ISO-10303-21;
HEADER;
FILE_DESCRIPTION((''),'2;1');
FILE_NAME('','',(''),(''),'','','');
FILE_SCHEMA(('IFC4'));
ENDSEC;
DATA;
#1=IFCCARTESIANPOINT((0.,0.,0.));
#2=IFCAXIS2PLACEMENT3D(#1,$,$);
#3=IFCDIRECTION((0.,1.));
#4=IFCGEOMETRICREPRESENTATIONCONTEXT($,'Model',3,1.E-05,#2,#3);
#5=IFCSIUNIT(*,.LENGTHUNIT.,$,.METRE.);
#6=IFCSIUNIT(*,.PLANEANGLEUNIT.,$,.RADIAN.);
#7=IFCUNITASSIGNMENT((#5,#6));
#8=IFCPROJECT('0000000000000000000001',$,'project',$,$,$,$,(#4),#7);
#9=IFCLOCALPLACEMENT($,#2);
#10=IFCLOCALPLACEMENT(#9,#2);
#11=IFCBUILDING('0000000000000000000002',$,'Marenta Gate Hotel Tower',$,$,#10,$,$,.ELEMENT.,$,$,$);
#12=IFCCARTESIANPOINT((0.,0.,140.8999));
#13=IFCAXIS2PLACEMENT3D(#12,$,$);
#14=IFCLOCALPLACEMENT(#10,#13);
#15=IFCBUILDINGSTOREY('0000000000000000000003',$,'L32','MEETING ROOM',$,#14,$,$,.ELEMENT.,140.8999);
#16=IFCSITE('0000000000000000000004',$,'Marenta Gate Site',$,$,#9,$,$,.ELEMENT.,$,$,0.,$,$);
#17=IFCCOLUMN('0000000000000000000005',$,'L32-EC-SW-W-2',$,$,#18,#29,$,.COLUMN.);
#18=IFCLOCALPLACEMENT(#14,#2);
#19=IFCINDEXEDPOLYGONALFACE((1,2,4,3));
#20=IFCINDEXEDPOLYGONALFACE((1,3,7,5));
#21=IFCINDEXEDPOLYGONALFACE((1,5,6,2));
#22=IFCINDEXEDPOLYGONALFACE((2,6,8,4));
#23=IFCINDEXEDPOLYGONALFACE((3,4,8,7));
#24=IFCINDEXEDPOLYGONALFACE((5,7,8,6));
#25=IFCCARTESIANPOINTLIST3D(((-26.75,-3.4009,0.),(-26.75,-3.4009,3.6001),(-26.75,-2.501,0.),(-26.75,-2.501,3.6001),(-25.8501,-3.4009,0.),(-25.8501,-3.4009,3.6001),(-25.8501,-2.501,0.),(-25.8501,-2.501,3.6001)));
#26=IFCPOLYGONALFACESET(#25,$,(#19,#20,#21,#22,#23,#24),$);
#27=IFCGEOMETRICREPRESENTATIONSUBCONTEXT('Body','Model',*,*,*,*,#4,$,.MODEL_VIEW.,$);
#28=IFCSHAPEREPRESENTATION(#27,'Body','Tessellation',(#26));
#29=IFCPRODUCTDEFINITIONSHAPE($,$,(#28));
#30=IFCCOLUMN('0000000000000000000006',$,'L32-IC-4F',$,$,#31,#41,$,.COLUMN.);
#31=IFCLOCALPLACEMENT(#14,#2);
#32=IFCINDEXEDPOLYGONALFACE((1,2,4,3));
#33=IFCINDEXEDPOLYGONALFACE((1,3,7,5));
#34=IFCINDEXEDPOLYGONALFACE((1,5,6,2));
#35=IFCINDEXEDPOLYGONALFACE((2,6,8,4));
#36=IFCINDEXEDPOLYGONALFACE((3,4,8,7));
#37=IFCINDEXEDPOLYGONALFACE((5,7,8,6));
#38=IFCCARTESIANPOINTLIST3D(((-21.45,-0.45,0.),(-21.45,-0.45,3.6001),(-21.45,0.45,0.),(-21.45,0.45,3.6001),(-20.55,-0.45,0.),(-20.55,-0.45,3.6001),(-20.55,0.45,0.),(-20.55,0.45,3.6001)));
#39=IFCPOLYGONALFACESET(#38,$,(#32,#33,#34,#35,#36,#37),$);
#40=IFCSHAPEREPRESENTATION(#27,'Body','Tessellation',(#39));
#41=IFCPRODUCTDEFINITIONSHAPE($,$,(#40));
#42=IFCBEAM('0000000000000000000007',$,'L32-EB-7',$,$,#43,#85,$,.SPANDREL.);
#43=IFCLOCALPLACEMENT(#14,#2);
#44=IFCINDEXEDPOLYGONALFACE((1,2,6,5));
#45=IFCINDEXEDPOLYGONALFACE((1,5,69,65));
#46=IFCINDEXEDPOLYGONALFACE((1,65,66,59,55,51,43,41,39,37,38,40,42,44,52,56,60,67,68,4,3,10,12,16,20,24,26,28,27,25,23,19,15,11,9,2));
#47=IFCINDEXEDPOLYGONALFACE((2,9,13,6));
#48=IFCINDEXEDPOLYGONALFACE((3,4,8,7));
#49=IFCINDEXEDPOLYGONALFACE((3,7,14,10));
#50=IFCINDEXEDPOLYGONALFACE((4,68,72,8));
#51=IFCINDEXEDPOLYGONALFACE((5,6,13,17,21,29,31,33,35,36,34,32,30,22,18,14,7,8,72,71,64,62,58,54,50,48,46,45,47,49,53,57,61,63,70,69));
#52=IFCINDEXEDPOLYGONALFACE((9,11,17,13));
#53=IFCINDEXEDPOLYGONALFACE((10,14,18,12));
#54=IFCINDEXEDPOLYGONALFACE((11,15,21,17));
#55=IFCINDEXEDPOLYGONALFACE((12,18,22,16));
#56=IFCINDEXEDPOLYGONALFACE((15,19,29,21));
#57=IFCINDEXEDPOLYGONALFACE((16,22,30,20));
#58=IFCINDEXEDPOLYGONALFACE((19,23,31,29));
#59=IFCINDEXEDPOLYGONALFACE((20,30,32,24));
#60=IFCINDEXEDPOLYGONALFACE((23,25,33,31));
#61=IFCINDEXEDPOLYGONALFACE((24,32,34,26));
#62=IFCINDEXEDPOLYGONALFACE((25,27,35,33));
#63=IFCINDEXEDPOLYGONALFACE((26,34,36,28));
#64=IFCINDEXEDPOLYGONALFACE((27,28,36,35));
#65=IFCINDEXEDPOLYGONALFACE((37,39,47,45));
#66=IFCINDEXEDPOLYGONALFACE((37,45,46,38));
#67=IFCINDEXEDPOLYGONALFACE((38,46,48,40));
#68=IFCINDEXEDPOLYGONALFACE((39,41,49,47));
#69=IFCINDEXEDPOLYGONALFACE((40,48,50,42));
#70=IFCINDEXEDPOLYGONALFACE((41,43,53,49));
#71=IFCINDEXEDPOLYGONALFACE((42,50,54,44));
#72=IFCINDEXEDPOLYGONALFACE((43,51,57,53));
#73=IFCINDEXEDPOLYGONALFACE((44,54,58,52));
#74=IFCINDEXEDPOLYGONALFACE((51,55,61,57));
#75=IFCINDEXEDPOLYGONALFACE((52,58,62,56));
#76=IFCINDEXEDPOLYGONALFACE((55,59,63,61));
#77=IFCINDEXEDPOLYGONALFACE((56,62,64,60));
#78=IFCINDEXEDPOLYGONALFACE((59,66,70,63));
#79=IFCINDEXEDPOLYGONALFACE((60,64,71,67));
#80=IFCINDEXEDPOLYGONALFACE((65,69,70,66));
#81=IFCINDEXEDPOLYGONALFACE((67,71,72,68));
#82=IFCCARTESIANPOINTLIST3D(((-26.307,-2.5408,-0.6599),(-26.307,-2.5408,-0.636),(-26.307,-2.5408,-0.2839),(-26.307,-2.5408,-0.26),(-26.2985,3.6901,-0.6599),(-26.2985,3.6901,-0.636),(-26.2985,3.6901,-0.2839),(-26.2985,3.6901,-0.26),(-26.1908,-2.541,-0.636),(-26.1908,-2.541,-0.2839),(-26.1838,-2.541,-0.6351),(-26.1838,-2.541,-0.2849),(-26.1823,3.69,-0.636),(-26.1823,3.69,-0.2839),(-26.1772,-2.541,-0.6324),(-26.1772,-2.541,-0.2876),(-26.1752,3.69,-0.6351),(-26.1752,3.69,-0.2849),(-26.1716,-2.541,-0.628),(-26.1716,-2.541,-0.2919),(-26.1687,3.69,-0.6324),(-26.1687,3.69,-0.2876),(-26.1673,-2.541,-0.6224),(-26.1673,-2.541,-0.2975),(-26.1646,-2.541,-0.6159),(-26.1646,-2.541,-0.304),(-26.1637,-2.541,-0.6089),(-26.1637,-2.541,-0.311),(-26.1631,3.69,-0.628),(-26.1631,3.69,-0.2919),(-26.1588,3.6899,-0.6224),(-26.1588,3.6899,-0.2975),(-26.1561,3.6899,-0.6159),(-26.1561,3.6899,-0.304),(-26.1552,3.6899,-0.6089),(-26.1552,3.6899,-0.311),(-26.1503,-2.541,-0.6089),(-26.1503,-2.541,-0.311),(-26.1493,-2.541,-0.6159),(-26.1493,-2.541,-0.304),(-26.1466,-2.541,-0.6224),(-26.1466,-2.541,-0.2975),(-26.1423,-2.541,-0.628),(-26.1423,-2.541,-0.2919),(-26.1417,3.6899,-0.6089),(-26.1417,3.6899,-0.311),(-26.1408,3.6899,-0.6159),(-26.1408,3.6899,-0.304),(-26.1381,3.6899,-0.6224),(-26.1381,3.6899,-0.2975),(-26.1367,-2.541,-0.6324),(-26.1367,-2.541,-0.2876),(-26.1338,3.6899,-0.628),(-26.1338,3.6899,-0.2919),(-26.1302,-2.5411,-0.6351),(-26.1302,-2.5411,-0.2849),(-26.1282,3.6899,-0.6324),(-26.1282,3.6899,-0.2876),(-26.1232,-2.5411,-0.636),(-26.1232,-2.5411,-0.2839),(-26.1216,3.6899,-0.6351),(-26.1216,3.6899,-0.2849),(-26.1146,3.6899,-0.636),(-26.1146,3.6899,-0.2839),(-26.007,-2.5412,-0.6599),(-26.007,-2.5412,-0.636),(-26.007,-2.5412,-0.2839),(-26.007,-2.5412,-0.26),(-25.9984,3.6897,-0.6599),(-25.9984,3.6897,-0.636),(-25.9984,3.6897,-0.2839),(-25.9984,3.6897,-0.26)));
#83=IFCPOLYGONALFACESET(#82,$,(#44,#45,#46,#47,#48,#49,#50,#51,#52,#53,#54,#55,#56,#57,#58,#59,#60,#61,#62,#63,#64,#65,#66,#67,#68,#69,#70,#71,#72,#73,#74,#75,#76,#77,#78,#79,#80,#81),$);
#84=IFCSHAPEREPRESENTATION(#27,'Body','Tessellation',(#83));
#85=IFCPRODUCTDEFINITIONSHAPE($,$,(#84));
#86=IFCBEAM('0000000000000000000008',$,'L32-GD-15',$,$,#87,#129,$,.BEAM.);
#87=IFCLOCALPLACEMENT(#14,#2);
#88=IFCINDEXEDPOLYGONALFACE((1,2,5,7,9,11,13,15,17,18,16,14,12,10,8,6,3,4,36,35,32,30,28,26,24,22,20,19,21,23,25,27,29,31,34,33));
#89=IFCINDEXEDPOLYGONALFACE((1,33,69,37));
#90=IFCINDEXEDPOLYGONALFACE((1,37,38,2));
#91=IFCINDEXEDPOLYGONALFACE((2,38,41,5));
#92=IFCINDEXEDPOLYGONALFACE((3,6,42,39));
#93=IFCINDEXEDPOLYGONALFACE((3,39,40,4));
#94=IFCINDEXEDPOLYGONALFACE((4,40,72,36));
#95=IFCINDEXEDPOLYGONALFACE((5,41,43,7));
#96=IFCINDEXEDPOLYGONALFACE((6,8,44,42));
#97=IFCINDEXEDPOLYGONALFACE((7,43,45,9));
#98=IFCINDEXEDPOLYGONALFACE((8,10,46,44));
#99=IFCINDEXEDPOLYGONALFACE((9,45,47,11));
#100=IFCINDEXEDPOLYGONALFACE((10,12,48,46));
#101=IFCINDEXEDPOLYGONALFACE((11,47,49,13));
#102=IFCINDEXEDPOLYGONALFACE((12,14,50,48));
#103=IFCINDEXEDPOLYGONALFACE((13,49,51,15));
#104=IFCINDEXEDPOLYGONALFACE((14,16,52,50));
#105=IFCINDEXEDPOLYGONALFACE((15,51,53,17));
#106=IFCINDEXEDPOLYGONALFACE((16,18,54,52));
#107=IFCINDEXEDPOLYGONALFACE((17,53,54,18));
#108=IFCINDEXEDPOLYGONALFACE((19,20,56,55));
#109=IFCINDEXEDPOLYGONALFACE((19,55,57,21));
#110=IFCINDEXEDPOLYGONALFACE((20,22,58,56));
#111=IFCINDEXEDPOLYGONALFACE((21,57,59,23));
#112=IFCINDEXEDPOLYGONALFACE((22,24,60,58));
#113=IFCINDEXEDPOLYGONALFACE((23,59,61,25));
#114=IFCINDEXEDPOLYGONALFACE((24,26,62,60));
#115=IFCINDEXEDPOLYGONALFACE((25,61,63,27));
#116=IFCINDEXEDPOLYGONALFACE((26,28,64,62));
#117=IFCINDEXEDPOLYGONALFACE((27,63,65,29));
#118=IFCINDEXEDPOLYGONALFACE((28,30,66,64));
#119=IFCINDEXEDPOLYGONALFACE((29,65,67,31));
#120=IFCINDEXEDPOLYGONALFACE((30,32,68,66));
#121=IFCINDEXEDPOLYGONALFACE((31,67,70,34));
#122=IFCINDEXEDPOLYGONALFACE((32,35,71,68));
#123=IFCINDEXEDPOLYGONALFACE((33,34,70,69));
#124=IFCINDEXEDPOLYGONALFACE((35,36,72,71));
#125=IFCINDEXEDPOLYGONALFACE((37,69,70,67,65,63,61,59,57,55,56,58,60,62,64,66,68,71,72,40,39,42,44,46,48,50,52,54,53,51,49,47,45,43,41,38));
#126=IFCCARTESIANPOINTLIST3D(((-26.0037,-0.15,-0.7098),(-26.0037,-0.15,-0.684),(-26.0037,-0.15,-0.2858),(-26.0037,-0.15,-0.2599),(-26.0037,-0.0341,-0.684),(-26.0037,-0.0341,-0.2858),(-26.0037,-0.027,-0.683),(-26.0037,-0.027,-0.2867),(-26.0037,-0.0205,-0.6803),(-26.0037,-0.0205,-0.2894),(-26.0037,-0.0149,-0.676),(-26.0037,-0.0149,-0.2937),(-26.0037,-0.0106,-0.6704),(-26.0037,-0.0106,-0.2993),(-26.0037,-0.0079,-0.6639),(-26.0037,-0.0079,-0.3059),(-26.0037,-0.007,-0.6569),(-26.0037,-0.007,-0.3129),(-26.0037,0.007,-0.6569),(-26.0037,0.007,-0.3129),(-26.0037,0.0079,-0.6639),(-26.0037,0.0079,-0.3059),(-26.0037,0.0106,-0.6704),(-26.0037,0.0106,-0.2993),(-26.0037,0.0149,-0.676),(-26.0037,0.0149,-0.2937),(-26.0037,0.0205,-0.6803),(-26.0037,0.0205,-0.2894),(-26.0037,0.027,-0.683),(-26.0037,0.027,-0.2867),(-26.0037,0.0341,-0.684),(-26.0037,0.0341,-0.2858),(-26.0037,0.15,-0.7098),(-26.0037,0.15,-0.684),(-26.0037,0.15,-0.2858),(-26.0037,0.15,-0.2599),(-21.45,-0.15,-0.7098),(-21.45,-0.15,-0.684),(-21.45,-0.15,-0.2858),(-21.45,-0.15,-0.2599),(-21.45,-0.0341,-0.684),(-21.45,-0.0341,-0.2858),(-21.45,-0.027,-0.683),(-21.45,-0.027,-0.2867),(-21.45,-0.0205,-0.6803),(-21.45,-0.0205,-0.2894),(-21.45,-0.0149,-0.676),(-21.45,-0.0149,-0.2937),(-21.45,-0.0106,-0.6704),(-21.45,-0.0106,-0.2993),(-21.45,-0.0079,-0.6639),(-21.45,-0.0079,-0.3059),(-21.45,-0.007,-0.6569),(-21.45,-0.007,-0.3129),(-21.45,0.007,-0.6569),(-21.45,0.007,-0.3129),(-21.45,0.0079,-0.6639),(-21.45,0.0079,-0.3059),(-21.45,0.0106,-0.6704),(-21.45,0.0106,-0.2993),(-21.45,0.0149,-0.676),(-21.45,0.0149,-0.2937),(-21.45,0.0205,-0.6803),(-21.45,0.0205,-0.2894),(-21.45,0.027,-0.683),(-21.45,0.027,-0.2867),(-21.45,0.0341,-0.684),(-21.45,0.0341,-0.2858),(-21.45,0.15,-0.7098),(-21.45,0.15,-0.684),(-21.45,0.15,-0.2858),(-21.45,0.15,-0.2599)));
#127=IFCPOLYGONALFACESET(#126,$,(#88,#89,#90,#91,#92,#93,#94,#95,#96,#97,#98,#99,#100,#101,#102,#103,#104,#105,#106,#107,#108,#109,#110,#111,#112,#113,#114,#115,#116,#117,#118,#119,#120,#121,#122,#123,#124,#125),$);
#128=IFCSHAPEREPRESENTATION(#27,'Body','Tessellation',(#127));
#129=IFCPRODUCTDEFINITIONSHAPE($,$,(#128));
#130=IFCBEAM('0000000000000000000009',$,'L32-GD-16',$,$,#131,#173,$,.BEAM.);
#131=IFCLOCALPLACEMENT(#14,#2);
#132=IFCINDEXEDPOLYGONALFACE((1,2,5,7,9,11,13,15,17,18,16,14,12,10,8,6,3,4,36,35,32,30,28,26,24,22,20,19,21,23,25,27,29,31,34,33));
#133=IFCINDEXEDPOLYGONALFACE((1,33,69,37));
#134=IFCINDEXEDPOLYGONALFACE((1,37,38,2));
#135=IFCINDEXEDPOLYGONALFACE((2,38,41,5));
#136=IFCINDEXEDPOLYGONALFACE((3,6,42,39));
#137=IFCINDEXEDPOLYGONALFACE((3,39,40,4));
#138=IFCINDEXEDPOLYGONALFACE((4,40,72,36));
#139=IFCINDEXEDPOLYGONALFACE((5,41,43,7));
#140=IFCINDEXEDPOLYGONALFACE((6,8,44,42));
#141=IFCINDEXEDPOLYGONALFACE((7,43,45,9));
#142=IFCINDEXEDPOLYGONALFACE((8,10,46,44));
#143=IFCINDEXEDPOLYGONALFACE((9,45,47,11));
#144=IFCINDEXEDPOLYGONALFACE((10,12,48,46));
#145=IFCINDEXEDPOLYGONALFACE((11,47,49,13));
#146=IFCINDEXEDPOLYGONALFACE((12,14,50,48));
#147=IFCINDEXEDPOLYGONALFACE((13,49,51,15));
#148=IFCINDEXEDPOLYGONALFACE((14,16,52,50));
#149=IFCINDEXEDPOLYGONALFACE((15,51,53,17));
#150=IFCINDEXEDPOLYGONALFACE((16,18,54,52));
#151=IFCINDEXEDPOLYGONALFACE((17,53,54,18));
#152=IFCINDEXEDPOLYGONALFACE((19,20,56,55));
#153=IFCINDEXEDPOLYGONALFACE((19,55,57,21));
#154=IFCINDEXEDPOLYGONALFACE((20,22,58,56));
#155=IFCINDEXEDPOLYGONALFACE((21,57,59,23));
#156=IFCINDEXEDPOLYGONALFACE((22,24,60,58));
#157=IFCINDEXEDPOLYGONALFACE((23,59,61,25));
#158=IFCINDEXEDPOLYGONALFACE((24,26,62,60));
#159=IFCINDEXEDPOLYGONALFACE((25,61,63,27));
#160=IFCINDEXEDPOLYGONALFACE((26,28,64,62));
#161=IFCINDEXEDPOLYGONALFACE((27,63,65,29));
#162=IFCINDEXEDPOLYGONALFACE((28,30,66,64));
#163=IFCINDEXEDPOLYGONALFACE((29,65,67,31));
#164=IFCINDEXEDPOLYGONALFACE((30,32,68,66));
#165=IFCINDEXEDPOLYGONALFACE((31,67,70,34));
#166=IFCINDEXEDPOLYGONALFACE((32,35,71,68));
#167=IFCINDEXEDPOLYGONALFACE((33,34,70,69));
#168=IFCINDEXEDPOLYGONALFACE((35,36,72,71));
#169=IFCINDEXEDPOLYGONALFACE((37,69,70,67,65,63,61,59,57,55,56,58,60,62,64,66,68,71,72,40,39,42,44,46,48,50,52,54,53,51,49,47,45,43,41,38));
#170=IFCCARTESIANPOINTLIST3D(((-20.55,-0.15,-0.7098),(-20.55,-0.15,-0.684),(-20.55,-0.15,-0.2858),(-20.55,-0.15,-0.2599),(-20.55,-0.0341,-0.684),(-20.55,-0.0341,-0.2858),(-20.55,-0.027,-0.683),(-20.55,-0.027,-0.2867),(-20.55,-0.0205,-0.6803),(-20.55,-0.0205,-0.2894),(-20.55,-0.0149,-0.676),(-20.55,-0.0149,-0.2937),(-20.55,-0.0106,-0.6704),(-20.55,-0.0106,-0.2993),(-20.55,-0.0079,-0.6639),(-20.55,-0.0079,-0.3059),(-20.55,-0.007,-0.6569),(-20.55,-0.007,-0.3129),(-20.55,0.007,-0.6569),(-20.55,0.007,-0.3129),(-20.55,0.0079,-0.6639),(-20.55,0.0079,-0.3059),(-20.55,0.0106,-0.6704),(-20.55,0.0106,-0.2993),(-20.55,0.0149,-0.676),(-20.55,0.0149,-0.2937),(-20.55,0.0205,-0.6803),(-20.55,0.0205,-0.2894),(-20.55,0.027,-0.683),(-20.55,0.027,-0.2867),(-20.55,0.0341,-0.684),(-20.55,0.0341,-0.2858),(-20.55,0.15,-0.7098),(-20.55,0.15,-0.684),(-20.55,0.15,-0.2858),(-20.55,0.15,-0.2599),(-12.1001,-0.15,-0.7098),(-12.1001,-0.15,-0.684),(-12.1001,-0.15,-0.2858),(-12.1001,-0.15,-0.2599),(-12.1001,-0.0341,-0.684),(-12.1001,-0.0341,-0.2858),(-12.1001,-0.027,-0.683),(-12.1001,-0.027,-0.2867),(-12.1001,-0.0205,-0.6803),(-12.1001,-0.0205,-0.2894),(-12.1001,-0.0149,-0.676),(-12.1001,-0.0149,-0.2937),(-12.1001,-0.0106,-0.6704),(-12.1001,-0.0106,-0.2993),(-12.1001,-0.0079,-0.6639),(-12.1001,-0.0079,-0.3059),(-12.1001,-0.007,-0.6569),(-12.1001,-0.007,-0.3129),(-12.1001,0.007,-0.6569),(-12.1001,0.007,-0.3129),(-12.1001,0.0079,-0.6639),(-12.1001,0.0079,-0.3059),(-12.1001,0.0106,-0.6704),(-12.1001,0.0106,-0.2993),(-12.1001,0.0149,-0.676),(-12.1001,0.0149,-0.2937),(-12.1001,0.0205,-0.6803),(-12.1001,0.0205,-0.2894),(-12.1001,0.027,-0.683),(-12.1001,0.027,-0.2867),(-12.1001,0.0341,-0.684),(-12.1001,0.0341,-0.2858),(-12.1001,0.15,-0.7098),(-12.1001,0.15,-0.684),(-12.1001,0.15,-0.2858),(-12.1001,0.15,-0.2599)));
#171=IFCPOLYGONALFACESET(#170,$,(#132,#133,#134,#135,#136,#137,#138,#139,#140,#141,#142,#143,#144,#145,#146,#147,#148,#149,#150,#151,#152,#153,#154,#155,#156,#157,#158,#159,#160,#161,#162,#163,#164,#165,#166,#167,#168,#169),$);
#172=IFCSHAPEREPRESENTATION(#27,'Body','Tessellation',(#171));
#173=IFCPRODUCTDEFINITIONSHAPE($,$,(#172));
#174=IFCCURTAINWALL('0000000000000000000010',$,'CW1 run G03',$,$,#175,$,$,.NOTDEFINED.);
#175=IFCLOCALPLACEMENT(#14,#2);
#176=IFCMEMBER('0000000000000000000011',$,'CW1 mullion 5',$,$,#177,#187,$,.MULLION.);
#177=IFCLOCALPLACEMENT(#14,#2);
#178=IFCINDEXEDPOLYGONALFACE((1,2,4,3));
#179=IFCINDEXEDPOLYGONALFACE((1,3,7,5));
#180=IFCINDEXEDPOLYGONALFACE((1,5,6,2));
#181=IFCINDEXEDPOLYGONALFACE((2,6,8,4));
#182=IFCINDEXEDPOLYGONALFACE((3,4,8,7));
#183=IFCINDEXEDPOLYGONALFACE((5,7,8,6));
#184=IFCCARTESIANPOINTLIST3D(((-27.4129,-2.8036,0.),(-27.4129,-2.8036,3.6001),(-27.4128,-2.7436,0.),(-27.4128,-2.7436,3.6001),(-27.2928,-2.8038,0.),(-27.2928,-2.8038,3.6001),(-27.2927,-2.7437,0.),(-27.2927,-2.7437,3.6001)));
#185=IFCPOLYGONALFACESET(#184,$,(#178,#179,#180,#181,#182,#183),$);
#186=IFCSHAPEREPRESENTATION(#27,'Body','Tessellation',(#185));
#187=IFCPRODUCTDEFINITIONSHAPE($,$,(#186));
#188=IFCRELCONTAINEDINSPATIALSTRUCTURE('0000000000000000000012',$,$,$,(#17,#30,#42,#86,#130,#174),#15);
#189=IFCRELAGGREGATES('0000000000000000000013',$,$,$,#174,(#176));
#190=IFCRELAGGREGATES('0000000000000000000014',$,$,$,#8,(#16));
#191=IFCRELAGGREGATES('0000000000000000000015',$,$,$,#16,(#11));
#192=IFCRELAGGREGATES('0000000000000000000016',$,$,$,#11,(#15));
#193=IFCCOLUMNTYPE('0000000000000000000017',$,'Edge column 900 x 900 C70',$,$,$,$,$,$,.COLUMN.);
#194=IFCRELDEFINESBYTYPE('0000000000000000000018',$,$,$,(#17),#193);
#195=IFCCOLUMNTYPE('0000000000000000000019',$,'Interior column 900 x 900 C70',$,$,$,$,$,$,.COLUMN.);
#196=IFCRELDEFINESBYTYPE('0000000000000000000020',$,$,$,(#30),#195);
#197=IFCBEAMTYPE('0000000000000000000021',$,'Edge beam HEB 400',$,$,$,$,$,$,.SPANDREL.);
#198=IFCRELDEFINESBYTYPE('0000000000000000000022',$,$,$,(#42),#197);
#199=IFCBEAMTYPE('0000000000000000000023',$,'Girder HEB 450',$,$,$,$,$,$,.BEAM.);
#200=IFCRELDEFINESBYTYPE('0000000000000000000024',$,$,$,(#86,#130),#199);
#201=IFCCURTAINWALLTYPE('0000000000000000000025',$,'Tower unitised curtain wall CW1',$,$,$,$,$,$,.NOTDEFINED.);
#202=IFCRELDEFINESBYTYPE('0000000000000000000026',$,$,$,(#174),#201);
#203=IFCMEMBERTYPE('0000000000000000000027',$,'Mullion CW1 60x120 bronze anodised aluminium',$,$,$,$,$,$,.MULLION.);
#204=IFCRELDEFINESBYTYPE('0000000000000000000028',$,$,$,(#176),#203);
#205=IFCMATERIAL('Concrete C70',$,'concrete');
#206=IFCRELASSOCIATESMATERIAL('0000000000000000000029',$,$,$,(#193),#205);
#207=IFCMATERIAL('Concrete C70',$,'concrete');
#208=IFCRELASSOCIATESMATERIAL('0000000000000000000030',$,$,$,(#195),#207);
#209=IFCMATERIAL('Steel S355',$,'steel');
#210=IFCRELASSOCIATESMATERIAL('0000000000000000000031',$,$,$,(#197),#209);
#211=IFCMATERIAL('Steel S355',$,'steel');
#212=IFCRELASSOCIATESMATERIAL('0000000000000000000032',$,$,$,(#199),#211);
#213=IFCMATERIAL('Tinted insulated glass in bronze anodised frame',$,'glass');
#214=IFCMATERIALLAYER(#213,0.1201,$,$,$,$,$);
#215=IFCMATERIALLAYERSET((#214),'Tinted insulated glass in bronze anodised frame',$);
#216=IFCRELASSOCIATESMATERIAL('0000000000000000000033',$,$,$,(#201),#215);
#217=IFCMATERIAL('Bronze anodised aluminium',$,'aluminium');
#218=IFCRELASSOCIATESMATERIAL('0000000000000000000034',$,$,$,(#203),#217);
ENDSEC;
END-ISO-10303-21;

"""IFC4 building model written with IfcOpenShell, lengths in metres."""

from ifc_helpers import new_model, si_unit, direction, frame, origin, origin_2d, place, context, subcontext, project, spatial, rectangle, i_section, extrude, material, layer, layer_set, material_profile, profile_set, type_object, element, aggregate, save


model = new_model("IFC4")

# Units and contexts
model_context = context("Model", 3, precision=1e-05, world=origin(), true_north=direction((0.0, 1.0)))
body_context = subcontext(model_context, "Body", "Model", "MODEL_VIEW")
ifc_project = project(units=[si_unit("LENGTHUNIT", "METRE"), si_unit("PLANEANGLEUNIT", "RADIAN")], contexts=[model_context])

# Site, building, storey
site_placement = place(None, origin())
site = spatial("IfcSite", under=ifc_project, at=site_placement, Name="Marenta Gate Site", CompositionType="ELEMENT", RefElevation=0.0)
building_placement = place(site_placement, origin())
building = spatial("IfcBuilding", under=site, at=building_placement, Name="Marenta Gate Hotel Tower", CompositionType="ELEMENT")
storey_placement = place(building_placement, frame((0.0, 0.0, 140.8999)))
storey = spatial("IfcBuildingStorey", under=building, at=storey_placement, Name="L32", Description="MEETING ROOM", CompositionType="ELEMENT", Elevation=140.8999)

# Columns
ifc_material_1 = material(Name="Concrete C70", Category="concrete")
ifc_material_profile_1 = material_profile(ifc_material_1, rectangle(XDim=0.8999, YDim=0.8999, at=origin_2d()), Name="900 x 900")
ifc_profile_set_1 = profile_set([ifc_material_profile_1], Name="Concrete C70")
column_type_1 = type_object("IfcColumnType", Name="Edge column 900 x 900 C70", PredefinedType="COLUMN", material=ifc_profile_set_1)
column_1_placement = place(storey_placement, frame((-26.3, -2.9509, 0.0), z_axis=(0.0, 0.0, 1.0), x_axis=(1.0, 0.0, 0.0)))
element("IfcColumn", 1, at=column_1_placement, inside=storey, type_object=column_type_1, Name="L32-EC-SW-W-2", PredefinedType="COLUMN", context=body_context, shape_type="SweptSolid", body=[
    extrude(rectangle(XDim=0.8999, YDim=0.8999, at=origin_2d()), origin(), (0.0, 0.0, 1.0), 3.6001),
])
ifc_material_2 = material(Name="Concrete C70", Category="concrete")
ifc_material_profile_2 = material_profile(ifc_material_2, rectangle(XDim=0.8999, YDim=0.8999, at=origin_2d()), Name="900 x 900")
ifc_profile_set_2 = profile_set([ifc_material_profile_2], Name="Concrete C70")
column_type_2 = type_object("IfcColumnType", Name="Interior column 900 x 900 C70", PredefinedType="COLUMN", material=ifc_profile_set_2)
column_2_placement = place(storey_placement, frame((-21.0, 0.0, 0.0), z_axis=(0.0, 0.0, 1.0), x_axis=(1.0, 0.0, 0.0)))
element("IfcColumn", 2, at=column_2_placement, inside=storey, type_object=column_type_2, Name="L32-IC-4F", PredefinedType="COLUMN", context=body_context, shape_type="SweptSolid", body=[
    extrude(rectangle(XDim=0.8999, YDim=0.8999, at=origin_2d()), origin(), (0.0, 0.0, 1.0), 3.6001),
])

# Beams
ifc_material_3 = material(Name="Steel S355", Category="steel")
ifc_material_profile_3 = material_profile(ifc_material_3, i_section(OverallWidth=0.3, OverallDepth=0.3999, WebThickness=0.0134, FlangeThickness=0.0239, FilletRadius=0.0271, at=origin_2d()), Name="HEB 400")
ifc_profile_set_3 = profile_set([ifc_material_profile_3], Name="Steel S355")
beam_type_1 = type_object("IfcBeamType", Name="Edge beam HEB 400", PredefinedType="SPANDREL", material=ifc_profile_set_3)
beam_1_placement = place(storey_placement, frame((-26.157, -2.541, -0.46), z_axis=(0.001371, 0.999999, 0.0), x_axis=(-0.999999, 0.001371, 0.0)))
element("IfcBeam", 3, at=beam_1_placement, inside=storey, type_object=beam_type_1, Name="L32-EB-7", PredefinedType="SPANDREL", context=body_context, shape_type="SweptSolid", body=[
    extrude(i_section(OverallWidth=0.3, OverallDepth=0.3999, WebThickness=0.0134, FlangeThickness=0.0239, FilletRadius=0.0271, at=origin_2d()), origin(), (0.0, 0.0, 1.0), 6.231),
])
ifc_material_4 = material(Name="Steel S355", Category="steel")
ifc_material_profile_4 = material_profile(ifc_material_4, i_section(OverallWidth=0.3, OverallDepth=0.45, WebThickness=0.0139, FlangeThickness=0.0259, FilletRadius=0.0271, at=origin_2d()), Name="HEB 450")
ifc_profile_set_4 = profile_set([ifc_material_profile_4], Name="Steel S355")
beam_type_2 = type_object("IfcBeamType", Name="Girder HEB 450", PredefinedType="BEAM", material=ifc_profile_set_4)
beam_2_placement = place(storey_placement, frame((-26.0037, 0.0, -0.4849), z_axis=(1.0, 0.0, 0.0), x_axis=(0.0, 1.0, 0.0)))
element("IfcBeam", 4, at=beam_2_placement, inside=storey, type_object=beam_type_2, Name="L32-GD-15", PredefinedType="BEAM", context=body_context, shape_type="SweptSolid", body=[
    extrude(i_section(OverallWidth=0.3, OverallDepth=0.45, WebThickness=0.0139, FlangeThickness=0.0259, FilletRadius=0.0271, at=origin_2d()), origin(), (0.0, 0.0, 1.0), 4.5537),
])
beam_3_placement = place(storey_placement, frame((-20.55, 0.0, -0.4849), z_axis=(1.0, 0.0, 0.0), x_axis=(0.0, 1.0, 0.0)))
element("IfcBeam", 5, at=beam_3_placement, inside=storey, type_object=beam_type_2, Name="L32-GD-16", PredefinedType="BEAM", context=body_context, shape_type="SweptSolid", body=[
    extrude(i_section(OverallWidth=0.3, OverallDepth=0.45, WebThickness=0.0139, FlangeThickness=0.0259, FilletRadius=0.0271, at=origin_2d()), origin(), (0.0, 0.0, 1.0), 8.45),
])

# Curtain wall, member
ifc_material_5 = material(Name="Tinted insulated glass in bronze anodised frame", Category="glass")
ifc_layer_1 = layer(ifc_material_5, 0.1201)
ifc_layer_set_1 = layer_set([ifc_layer_1], Name="Tinted insulated glass in bronze anodised frame")
curtain_wall_type = type_object("IfcCurtainWallType", Name="Tower unitised curtain wall CW1", PredefinedType="NOTDEFINED", material=ifc_layer_set_1)
curtain_wall_placement = place(storey_placement, origin())
curtain_wall = element("IfcCurtainWall", 6, at=curtain_wall_placement, inside=storey, type_object=curtain_wall_type, Name="CW1 run G03", PredefinedType="NOTDEFINED")
ifc_material_6 = material(Name="Bronze anodised aluminium", Category="aluminium")
ifc_material_profile_5 = material_profile(ifc_material_6, rectangle(XDim=0.1201, YDim=0.0601, at=origin_2d()), Name="Mullion CW1 60x120 bronze anodised aluminium")
ifc_profile_set_5 = profile_set([ifc_material_profile_5], Name="Bronze anodised aluminium")
member_type_1 = type_object("IfcMemberType", Name="Mullion CW1 60x120 bronze anodised aluminium", PredefinedType="MULLION", material=ifc_profile_set_5)
member_1_placement = place(storey_placement, frame((-27.3528, -2.7737, 0.0), z_axis=(0.0, 0.0, 1.0), x_axis=(0.999999, -0.001566, 0.0)))
member_1 = element("IfcMember", 7, at=member_1_placement, type_object=member_type_1, Name="CW1 mullion 5", PredefinedType="MULLION", context=body_context, shape_type="SweptSolid", body=[
    extrude(rectangle(XDim=0.1201, YDim=0.0601, at=origin_2d()), origin(), (0.0, 0.0, 1.0), 3.6001),
])
aggregate(curtain_wall, [member_1])

save(model, "model.ifc")
